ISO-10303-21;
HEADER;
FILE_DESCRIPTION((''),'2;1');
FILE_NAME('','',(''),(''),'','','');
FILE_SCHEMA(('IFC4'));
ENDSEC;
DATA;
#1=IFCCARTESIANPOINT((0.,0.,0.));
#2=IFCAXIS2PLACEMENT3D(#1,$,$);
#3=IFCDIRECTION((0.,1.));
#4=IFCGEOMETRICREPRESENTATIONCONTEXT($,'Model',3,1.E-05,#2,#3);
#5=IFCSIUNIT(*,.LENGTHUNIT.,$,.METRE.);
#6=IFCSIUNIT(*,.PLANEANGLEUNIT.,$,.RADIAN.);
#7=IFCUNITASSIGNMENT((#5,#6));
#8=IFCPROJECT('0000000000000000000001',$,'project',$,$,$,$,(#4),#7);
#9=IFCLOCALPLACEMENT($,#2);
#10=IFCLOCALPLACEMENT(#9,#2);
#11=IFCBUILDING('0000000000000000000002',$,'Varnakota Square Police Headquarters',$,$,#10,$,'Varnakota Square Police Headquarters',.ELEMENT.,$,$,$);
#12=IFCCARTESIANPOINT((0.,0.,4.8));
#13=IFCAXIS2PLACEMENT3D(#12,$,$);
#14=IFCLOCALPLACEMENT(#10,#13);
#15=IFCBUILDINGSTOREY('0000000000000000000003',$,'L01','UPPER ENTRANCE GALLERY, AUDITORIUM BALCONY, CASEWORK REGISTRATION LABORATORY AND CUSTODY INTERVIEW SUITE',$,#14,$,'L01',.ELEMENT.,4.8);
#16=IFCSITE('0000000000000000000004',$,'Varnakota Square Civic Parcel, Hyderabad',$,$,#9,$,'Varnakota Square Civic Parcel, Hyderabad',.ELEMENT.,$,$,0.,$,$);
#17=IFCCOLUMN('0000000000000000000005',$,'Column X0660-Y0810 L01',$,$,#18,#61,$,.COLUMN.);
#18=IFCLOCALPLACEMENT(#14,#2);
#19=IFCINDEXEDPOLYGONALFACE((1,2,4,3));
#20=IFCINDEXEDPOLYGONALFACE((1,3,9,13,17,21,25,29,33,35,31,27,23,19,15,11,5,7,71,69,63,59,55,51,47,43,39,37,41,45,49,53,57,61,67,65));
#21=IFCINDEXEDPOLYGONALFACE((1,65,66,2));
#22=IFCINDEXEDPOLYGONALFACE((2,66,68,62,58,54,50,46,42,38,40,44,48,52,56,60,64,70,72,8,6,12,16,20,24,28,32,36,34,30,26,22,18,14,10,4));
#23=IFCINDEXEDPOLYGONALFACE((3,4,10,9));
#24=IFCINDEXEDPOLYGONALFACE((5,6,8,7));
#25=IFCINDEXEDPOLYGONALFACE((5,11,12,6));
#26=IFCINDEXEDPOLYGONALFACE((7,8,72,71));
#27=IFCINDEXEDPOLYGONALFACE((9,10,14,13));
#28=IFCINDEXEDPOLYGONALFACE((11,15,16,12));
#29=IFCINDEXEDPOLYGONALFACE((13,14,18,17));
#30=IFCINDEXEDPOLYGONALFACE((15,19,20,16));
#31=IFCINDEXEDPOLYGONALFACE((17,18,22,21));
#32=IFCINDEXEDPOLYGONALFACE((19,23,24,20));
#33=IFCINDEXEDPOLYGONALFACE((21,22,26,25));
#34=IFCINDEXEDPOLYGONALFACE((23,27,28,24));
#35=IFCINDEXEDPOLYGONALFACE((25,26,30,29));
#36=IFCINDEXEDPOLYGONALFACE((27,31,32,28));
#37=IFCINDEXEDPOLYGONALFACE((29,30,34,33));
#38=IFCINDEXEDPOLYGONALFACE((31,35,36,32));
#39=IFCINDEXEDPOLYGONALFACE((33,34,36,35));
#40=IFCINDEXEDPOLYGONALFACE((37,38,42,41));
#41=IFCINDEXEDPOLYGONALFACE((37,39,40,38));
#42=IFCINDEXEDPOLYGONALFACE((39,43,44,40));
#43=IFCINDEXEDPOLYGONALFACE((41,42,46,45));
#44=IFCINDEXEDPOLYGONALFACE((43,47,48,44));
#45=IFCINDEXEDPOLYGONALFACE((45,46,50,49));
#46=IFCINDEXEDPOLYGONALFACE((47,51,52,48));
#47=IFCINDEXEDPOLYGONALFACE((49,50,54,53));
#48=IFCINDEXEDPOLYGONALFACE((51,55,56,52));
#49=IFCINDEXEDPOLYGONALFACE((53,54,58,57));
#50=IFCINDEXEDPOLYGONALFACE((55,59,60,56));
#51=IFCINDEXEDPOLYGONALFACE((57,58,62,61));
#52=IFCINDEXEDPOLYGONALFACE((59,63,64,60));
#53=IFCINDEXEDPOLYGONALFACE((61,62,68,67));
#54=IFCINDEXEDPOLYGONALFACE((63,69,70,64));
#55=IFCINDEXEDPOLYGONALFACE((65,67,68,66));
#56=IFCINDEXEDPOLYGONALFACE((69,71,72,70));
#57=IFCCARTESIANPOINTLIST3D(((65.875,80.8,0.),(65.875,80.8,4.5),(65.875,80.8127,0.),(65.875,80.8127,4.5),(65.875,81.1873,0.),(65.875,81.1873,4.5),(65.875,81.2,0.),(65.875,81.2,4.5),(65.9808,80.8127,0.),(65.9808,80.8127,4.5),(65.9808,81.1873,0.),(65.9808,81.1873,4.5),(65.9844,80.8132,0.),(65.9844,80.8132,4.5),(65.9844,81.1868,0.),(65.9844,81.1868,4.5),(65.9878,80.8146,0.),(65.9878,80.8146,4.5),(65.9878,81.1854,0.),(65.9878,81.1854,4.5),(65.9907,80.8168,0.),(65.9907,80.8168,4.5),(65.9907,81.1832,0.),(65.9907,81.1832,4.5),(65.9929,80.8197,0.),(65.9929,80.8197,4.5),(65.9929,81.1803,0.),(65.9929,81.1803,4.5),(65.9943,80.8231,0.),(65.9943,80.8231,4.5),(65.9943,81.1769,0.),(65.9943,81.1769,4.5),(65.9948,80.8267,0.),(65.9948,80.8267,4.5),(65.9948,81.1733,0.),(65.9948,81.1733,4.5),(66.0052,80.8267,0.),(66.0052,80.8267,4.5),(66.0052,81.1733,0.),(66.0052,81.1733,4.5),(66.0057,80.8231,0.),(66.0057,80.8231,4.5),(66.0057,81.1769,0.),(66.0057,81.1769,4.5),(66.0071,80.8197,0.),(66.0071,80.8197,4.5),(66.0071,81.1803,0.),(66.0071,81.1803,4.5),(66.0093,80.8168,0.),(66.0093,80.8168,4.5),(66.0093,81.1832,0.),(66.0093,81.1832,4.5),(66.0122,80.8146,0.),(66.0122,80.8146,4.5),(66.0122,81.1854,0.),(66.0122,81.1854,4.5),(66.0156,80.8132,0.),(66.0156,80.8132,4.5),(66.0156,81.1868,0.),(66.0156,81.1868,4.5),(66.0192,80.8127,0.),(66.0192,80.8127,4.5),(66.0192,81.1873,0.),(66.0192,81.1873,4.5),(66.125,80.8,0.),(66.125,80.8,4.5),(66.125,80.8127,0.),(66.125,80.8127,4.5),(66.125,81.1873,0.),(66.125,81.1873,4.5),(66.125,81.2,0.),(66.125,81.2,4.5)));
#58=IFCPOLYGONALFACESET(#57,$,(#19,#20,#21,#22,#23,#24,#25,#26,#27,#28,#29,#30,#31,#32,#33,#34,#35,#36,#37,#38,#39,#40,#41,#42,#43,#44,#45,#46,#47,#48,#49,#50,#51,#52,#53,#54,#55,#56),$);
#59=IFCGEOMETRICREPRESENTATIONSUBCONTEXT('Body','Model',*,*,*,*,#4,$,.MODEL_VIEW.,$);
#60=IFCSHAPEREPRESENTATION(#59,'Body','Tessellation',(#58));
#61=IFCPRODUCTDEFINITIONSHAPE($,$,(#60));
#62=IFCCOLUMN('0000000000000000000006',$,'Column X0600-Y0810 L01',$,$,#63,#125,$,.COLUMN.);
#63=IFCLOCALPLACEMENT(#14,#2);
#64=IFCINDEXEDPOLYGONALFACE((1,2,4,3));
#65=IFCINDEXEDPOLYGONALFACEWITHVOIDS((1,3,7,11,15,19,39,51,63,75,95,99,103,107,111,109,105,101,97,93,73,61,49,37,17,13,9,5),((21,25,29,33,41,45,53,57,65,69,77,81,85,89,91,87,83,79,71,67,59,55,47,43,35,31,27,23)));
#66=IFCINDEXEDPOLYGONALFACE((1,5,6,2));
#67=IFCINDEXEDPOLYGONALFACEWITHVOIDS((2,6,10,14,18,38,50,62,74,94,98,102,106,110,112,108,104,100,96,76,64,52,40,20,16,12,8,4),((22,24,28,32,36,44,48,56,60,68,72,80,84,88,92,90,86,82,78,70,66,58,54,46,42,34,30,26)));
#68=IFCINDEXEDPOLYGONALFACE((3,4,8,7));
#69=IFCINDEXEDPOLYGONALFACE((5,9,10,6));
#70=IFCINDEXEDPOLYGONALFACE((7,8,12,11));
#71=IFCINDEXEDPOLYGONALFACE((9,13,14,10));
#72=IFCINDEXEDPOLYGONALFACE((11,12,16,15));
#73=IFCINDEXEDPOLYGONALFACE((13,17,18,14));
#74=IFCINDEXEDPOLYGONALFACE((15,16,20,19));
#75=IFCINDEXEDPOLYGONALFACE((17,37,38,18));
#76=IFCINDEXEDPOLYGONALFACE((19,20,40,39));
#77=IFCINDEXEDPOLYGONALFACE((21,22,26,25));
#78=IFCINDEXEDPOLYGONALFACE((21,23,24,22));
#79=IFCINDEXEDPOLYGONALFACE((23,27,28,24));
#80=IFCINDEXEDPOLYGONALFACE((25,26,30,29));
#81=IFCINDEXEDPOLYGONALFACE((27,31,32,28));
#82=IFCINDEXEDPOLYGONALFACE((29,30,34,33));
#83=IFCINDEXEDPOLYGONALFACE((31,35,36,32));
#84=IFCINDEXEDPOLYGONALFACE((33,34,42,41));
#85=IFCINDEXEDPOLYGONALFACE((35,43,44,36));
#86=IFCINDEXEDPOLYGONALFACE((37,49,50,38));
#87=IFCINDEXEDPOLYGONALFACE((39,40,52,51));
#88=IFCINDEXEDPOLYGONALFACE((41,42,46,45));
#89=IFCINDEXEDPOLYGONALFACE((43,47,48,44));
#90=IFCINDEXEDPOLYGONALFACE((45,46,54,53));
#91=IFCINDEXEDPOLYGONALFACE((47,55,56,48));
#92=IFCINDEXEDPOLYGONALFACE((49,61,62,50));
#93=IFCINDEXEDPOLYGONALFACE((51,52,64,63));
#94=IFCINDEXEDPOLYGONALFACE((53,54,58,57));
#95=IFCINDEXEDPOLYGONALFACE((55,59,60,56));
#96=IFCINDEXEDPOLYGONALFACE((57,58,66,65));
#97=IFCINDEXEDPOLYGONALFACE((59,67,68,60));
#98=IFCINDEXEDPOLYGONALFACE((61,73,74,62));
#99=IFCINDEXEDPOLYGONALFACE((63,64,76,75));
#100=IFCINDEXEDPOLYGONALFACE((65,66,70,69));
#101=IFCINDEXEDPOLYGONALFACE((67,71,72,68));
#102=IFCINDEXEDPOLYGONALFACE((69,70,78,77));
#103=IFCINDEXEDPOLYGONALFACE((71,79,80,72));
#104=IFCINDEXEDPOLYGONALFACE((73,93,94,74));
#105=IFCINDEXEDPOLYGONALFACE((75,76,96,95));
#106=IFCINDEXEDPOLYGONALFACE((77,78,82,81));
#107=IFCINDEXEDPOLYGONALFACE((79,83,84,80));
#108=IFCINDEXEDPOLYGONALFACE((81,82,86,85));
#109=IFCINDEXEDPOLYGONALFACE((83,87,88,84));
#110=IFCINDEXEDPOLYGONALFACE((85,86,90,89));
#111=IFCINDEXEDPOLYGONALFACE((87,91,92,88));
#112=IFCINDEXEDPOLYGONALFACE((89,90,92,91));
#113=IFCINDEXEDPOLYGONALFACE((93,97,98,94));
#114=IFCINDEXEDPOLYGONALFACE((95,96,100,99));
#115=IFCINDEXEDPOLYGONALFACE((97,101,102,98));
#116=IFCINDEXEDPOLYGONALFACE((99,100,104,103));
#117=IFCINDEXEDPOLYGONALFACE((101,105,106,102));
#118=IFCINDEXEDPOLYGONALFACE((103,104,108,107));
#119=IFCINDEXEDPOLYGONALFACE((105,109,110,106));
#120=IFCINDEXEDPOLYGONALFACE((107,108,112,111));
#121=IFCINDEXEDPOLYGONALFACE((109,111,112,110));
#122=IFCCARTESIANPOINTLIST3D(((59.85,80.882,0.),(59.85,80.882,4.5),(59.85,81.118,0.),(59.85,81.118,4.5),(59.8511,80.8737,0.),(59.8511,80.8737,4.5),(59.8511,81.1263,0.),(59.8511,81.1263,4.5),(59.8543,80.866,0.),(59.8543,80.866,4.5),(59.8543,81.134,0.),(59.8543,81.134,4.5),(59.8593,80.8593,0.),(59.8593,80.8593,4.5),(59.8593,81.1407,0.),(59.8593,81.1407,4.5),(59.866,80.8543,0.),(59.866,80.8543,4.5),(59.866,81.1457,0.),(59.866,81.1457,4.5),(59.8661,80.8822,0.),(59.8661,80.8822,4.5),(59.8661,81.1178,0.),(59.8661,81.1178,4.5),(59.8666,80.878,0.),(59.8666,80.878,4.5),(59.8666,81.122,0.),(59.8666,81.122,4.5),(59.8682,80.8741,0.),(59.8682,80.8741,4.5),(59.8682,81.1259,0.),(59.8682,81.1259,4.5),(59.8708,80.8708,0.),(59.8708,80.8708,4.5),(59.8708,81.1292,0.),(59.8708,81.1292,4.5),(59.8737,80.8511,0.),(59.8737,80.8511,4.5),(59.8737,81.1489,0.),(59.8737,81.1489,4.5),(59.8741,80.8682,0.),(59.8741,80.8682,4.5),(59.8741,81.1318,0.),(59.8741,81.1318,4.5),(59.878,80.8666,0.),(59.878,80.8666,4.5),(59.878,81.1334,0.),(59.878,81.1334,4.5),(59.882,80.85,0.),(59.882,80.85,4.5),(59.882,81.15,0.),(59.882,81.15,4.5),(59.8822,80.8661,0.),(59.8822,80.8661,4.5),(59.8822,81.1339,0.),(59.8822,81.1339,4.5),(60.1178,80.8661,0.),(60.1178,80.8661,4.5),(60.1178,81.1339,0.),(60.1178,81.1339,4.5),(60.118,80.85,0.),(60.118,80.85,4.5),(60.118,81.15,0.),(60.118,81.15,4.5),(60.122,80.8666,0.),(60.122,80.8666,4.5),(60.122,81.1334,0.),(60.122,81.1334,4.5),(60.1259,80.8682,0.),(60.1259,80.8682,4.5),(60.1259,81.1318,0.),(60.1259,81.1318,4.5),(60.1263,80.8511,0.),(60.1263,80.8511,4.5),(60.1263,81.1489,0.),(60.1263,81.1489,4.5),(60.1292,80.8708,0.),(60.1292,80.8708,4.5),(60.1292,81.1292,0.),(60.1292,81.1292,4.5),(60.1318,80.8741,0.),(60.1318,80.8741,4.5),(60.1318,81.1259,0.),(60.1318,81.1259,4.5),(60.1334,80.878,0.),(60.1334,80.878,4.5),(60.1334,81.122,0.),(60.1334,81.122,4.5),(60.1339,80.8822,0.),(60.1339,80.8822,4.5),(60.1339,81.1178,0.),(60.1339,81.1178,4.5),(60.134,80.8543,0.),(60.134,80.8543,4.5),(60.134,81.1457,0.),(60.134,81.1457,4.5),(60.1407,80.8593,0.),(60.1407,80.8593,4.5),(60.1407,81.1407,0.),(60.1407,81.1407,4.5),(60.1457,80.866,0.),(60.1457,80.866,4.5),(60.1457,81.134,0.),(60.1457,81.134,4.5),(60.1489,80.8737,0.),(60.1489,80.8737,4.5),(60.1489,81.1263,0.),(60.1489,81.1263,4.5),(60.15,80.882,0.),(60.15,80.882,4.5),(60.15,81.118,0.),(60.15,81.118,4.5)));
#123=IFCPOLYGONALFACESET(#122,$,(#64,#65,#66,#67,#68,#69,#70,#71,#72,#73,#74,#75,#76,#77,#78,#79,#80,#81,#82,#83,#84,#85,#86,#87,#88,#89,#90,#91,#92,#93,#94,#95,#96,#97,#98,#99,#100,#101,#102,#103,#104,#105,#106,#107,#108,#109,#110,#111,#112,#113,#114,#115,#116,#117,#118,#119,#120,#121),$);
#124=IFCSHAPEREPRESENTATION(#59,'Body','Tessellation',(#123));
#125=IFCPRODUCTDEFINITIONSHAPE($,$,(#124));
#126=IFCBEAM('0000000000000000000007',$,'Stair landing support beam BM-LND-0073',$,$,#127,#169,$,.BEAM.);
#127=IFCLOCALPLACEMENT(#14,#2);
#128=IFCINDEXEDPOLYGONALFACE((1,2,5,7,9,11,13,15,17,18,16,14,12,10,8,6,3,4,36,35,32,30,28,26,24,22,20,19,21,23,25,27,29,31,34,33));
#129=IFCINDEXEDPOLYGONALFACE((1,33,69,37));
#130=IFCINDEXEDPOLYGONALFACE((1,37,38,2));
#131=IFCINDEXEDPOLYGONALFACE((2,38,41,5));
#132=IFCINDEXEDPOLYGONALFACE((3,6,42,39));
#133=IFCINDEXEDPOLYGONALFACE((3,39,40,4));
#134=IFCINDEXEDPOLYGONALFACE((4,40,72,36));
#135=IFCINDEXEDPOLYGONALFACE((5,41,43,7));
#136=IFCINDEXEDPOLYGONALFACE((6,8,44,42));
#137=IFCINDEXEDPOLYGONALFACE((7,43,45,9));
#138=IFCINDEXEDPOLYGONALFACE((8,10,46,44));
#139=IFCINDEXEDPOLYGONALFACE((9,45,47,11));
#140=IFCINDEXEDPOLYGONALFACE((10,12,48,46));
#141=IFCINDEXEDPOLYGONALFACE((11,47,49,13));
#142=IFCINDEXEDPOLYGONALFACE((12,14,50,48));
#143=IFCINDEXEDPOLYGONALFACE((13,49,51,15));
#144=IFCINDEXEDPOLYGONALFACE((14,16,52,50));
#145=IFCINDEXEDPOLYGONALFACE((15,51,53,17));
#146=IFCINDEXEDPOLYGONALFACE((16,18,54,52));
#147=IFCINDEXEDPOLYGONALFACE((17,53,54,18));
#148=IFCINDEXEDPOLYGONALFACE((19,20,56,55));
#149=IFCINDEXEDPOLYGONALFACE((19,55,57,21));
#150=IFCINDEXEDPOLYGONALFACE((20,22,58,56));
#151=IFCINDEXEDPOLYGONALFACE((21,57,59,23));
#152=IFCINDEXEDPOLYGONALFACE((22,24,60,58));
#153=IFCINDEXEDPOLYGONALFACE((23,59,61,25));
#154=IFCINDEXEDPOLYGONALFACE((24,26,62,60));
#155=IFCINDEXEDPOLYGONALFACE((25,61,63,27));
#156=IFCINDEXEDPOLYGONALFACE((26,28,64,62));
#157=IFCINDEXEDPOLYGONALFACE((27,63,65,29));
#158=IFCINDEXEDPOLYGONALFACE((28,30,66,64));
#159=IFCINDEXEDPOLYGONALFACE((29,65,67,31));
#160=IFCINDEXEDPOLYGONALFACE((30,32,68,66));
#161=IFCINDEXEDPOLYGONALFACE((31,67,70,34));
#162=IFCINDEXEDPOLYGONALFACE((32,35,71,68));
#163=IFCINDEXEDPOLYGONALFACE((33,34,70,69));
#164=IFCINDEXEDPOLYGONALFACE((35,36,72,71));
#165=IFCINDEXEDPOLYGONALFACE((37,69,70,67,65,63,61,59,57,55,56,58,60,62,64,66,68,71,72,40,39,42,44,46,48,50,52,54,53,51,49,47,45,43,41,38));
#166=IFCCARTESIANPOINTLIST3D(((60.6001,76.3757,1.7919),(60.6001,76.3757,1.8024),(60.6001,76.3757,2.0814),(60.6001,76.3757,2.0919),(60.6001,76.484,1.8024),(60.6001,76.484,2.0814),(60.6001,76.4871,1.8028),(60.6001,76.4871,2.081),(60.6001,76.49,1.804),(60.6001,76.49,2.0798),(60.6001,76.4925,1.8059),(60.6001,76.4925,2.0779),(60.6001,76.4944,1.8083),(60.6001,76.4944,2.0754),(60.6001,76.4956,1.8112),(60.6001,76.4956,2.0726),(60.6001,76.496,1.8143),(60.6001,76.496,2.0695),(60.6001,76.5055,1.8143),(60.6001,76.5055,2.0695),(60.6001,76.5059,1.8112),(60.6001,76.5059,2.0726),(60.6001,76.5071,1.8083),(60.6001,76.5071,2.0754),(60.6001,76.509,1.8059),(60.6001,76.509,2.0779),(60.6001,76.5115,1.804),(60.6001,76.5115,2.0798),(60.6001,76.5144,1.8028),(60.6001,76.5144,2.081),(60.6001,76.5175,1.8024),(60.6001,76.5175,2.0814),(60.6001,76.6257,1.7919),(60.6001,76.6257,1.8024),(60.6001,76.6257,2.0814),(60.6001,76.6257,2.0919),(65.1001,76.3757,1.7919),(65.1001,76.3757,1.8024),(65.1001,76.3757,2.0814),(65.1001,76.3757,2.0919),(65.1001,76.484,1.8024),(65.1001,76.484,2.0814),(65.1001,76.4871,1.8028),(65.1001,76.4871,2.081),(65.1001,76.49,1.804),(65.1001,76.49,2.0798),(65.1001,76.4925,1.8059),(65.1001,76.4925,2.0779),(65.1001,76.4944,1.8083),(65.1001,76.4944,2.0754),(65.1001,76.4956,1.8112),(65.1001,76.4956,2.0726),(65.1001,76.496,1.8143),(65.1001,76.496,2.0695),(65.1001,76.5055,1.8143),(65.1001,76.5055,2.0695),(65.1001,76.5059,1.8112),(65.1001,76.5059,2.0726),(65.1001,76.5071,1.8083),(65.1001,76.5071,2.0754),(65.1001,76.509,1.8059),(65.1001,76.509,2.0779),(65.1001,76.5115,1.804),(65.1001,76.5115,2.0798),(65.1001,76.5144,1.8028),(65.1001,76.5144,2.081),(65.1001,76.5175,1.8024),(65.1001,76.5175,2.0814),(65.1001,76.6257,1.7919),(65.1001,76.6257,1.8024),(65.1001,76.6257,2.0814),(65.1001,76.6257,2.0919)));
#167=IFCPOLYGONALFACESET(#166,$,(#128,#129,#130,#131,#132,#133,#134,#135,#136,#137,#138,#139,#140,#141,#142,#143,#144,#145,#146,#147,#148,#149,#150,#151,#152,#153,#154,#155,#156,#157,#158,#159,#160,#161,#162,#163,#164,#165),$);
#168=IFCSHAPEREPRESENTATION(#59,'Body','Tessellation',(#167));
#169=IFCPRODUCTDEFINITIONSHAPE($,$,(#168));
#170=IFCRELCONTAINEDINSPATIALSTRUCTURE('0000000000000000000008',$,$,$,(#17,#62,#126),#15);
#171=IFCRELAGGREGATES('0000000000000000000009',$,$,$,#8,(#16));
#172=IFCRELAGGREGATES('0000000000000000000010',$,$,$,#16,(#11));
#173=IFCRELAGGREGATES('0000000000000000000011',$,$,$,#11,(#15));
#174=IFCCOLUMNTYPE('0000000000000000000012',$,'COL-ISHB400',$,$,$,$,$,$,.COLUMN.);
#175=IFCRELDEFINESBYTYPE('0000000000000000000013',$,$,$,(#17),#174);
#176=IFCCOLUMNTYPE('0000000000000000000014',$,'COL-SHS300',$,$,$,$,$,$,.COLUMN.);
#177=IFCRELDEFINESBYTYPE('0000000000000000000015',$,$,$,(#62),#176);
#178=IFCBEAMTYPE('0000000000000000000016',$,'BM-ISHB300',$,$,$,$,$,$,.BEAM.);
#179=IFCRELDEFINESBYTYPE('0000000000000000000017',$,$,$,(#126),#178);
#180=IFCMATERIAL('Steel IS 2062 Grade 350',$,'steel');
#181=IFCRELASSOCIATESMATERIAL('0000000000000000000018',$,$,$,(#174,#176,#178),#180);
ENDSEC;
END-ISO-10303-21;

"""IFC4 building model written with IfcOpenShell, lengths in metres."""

from ifc_helpers import new_model, si_unit, direction, frame, origin, origin_2d, place, context, subcontext, project, spatial, hollow_rectangle, i_section, extrude, material, material_profile, profile_set, type_object, element, save


model = new_model("IFC4")

# Units and contexts
model_context = context("Model", 3, precision=1e-05, world=origin(), true_north=direction((0.0, 1.0)))
body_context = subcontext(model_context, "Body", "Model", "MODEL_VIEW")
ifc_project = project(units=[si_unit("LENGTHUNIT", "METRE"), si_unit("PLANEANGLEUNIT", "RADIAN")], contexts=[model_context])

# Site, building, storey
site_placement = place(None, origin())
site = spatial("IfcSite", under=ifc_project, at=site_placement, Name="Varnakota Square Civic Parcel, Hyderabad", LongName="Varnakota Square Civic Parcel, Hyderabad", CompositionType="ELEMENT", RefElevation=0.0)
building_placement = place(site_placement, origin())
building = spatial("IfcBuilding", under=site, at=building_placement, Name="Varnakota Square Police Headquarters", LongName="Varnakota Square Police Headquarters", CompositionType="ELEMENT")
storey_placement = place(building_placement, frame((0.0, 0.0, 4.8)))
storey = spatial("IfcBuildingStorey", under=building, at=storey_placement, Name="L01", Description="UPPER ENTRANCE GALLERY, AUDITORIUM BALCONY, CASEWORK REGISTRATION LABORATORY AND CUSTODY INTERVIEW SUITE", LongName="L01", CompositionType="ELEMENT", Elevation=4.8)

# Columns
ifc_material_1 = material(Name="Steel IS 2062 Grade 350", Category="steel")
ifc_material_profile_1 = material_profile(ifc_material_1, i_section(OverallWidth=0.25, OverallDepth=0.3999, WebThickness=0.0105, FlangeThickness=0.0127, FilletRadius=0.0139, at=origin_2d()), Name="ISHB 400")
ifc_profile_set_1 = profile_set([ifc_material_profile_1], Name="Steel IS 2062 Grade 350")
column_type_1 = type_object("IfcColumnType", Name="COL-ISHB400", PredefinedType="COLUMN", material=ifc_profile_set_1)
column_1_placement = place(storey_placement, frame((66.0, 81.0, 0.0), z_axis=(0.0, 0.0, 1.0), x_axis=(1.0, 0.0, 0.0)))
element("IfcColumn", 1, at=column_1_placement, inside=storey, type_object=column_type_1, Name="Column X0660-Y0810 L01", PredefinedType="COLUMN", context=body_context, shape_type="SweptSolid", body=[
    extrude(i_section(OverallWidth=0.25, OverallDepth=0.3999, WebThickness=0.0105, FlangeThickness=0.0127, FilletRadius=0.0139, at=origin_2d()), origin(), (0.0, 0.0, 1.0), 4.5),
])
ifc_material_profile_2 = material_profile(ifc_material_1, hollow_rectangle(XDim=0.3, YDim=0.3, WallThickness=0.0161, InnerFilletRadius=0.0161, OuterFilletRadius=0.032, at=origin_2d()), Name="SHS 300x300x16")
ifc_profile_set_2 = profile_set([ifc_material_profile_2], Name="Steel IS 2062 Grade 350")
column_type_2 = type_object("IfcColumnType", Name="COL-SHS300", PredefinedType="COLUMN", material=ifc_profile_set_2)
column_2_placement = place(storey_placement, frame((60.0, 81.0, 0.0), z_axis=(0.0, 0.0, 1.0), x_axis=(1.0, 0.0, 0.0)))
element("IfcColumn", 2, at=column_2_placement, inside=storey, type_object=column_type_2, Name="Column X0600-Y0810 L01", PredefinedType="COLUMN", context=body_context, shape_type="SweptSolid", body=[
    extrude(hollow_rectangle(XDim=0.3, YDim=0.3, WallThickness=0.0161, InnerFilletRadius=0.0161, OuterFilletRadius=0.032, at=origin_2d()), origin(), (0.0, 0.0, 1.0), 4.5),
])

# Beam
ifc_material_profile_3 = material_profile(ifc_material_1, i_section(OverallWidth=0.25, OverallDepth=0.3, WebThickness=0.0095, FlangeThickness=0.0105, FilletRadius=0.012, at=origin_2d()), Name="ISHB 300")
ifc_profile_set_3 = profile_set([ifc_material_profile_3], Name="Steel IS 2062 Grade 350")
beam_type_1 = type_object("IfcBeamType", Name="BM-ISHB300", PredefinedType="BEAM", material=ifc_profile_set_3)
beam_1_placement = place(storey_placement, frame((60.6001, 76.5007, 1.9419), z_axis=(1.0, 0.0, 0.0), x_axis=(0.0, 1.0, 0.0)))
element("IfcBeam", 3, at=beam_1_placement, inside=storey, type_object=beam_type_1, Name="Stair landing support beam BM-LND-0073", PredefinedType="BEAM", context=body_context, shape_type="SweptSolid", body=[
    extrude(i_section(OverallWidth=0.25, OverallDepth=0.3, WebThickness=0.0095, FlangeThickness=0.0105, FilletRadius=0.012, at=origin_2d()), origin(), (0.0, 0.0, 1.0), 4.5),
])

save(model, "model.ifc")
